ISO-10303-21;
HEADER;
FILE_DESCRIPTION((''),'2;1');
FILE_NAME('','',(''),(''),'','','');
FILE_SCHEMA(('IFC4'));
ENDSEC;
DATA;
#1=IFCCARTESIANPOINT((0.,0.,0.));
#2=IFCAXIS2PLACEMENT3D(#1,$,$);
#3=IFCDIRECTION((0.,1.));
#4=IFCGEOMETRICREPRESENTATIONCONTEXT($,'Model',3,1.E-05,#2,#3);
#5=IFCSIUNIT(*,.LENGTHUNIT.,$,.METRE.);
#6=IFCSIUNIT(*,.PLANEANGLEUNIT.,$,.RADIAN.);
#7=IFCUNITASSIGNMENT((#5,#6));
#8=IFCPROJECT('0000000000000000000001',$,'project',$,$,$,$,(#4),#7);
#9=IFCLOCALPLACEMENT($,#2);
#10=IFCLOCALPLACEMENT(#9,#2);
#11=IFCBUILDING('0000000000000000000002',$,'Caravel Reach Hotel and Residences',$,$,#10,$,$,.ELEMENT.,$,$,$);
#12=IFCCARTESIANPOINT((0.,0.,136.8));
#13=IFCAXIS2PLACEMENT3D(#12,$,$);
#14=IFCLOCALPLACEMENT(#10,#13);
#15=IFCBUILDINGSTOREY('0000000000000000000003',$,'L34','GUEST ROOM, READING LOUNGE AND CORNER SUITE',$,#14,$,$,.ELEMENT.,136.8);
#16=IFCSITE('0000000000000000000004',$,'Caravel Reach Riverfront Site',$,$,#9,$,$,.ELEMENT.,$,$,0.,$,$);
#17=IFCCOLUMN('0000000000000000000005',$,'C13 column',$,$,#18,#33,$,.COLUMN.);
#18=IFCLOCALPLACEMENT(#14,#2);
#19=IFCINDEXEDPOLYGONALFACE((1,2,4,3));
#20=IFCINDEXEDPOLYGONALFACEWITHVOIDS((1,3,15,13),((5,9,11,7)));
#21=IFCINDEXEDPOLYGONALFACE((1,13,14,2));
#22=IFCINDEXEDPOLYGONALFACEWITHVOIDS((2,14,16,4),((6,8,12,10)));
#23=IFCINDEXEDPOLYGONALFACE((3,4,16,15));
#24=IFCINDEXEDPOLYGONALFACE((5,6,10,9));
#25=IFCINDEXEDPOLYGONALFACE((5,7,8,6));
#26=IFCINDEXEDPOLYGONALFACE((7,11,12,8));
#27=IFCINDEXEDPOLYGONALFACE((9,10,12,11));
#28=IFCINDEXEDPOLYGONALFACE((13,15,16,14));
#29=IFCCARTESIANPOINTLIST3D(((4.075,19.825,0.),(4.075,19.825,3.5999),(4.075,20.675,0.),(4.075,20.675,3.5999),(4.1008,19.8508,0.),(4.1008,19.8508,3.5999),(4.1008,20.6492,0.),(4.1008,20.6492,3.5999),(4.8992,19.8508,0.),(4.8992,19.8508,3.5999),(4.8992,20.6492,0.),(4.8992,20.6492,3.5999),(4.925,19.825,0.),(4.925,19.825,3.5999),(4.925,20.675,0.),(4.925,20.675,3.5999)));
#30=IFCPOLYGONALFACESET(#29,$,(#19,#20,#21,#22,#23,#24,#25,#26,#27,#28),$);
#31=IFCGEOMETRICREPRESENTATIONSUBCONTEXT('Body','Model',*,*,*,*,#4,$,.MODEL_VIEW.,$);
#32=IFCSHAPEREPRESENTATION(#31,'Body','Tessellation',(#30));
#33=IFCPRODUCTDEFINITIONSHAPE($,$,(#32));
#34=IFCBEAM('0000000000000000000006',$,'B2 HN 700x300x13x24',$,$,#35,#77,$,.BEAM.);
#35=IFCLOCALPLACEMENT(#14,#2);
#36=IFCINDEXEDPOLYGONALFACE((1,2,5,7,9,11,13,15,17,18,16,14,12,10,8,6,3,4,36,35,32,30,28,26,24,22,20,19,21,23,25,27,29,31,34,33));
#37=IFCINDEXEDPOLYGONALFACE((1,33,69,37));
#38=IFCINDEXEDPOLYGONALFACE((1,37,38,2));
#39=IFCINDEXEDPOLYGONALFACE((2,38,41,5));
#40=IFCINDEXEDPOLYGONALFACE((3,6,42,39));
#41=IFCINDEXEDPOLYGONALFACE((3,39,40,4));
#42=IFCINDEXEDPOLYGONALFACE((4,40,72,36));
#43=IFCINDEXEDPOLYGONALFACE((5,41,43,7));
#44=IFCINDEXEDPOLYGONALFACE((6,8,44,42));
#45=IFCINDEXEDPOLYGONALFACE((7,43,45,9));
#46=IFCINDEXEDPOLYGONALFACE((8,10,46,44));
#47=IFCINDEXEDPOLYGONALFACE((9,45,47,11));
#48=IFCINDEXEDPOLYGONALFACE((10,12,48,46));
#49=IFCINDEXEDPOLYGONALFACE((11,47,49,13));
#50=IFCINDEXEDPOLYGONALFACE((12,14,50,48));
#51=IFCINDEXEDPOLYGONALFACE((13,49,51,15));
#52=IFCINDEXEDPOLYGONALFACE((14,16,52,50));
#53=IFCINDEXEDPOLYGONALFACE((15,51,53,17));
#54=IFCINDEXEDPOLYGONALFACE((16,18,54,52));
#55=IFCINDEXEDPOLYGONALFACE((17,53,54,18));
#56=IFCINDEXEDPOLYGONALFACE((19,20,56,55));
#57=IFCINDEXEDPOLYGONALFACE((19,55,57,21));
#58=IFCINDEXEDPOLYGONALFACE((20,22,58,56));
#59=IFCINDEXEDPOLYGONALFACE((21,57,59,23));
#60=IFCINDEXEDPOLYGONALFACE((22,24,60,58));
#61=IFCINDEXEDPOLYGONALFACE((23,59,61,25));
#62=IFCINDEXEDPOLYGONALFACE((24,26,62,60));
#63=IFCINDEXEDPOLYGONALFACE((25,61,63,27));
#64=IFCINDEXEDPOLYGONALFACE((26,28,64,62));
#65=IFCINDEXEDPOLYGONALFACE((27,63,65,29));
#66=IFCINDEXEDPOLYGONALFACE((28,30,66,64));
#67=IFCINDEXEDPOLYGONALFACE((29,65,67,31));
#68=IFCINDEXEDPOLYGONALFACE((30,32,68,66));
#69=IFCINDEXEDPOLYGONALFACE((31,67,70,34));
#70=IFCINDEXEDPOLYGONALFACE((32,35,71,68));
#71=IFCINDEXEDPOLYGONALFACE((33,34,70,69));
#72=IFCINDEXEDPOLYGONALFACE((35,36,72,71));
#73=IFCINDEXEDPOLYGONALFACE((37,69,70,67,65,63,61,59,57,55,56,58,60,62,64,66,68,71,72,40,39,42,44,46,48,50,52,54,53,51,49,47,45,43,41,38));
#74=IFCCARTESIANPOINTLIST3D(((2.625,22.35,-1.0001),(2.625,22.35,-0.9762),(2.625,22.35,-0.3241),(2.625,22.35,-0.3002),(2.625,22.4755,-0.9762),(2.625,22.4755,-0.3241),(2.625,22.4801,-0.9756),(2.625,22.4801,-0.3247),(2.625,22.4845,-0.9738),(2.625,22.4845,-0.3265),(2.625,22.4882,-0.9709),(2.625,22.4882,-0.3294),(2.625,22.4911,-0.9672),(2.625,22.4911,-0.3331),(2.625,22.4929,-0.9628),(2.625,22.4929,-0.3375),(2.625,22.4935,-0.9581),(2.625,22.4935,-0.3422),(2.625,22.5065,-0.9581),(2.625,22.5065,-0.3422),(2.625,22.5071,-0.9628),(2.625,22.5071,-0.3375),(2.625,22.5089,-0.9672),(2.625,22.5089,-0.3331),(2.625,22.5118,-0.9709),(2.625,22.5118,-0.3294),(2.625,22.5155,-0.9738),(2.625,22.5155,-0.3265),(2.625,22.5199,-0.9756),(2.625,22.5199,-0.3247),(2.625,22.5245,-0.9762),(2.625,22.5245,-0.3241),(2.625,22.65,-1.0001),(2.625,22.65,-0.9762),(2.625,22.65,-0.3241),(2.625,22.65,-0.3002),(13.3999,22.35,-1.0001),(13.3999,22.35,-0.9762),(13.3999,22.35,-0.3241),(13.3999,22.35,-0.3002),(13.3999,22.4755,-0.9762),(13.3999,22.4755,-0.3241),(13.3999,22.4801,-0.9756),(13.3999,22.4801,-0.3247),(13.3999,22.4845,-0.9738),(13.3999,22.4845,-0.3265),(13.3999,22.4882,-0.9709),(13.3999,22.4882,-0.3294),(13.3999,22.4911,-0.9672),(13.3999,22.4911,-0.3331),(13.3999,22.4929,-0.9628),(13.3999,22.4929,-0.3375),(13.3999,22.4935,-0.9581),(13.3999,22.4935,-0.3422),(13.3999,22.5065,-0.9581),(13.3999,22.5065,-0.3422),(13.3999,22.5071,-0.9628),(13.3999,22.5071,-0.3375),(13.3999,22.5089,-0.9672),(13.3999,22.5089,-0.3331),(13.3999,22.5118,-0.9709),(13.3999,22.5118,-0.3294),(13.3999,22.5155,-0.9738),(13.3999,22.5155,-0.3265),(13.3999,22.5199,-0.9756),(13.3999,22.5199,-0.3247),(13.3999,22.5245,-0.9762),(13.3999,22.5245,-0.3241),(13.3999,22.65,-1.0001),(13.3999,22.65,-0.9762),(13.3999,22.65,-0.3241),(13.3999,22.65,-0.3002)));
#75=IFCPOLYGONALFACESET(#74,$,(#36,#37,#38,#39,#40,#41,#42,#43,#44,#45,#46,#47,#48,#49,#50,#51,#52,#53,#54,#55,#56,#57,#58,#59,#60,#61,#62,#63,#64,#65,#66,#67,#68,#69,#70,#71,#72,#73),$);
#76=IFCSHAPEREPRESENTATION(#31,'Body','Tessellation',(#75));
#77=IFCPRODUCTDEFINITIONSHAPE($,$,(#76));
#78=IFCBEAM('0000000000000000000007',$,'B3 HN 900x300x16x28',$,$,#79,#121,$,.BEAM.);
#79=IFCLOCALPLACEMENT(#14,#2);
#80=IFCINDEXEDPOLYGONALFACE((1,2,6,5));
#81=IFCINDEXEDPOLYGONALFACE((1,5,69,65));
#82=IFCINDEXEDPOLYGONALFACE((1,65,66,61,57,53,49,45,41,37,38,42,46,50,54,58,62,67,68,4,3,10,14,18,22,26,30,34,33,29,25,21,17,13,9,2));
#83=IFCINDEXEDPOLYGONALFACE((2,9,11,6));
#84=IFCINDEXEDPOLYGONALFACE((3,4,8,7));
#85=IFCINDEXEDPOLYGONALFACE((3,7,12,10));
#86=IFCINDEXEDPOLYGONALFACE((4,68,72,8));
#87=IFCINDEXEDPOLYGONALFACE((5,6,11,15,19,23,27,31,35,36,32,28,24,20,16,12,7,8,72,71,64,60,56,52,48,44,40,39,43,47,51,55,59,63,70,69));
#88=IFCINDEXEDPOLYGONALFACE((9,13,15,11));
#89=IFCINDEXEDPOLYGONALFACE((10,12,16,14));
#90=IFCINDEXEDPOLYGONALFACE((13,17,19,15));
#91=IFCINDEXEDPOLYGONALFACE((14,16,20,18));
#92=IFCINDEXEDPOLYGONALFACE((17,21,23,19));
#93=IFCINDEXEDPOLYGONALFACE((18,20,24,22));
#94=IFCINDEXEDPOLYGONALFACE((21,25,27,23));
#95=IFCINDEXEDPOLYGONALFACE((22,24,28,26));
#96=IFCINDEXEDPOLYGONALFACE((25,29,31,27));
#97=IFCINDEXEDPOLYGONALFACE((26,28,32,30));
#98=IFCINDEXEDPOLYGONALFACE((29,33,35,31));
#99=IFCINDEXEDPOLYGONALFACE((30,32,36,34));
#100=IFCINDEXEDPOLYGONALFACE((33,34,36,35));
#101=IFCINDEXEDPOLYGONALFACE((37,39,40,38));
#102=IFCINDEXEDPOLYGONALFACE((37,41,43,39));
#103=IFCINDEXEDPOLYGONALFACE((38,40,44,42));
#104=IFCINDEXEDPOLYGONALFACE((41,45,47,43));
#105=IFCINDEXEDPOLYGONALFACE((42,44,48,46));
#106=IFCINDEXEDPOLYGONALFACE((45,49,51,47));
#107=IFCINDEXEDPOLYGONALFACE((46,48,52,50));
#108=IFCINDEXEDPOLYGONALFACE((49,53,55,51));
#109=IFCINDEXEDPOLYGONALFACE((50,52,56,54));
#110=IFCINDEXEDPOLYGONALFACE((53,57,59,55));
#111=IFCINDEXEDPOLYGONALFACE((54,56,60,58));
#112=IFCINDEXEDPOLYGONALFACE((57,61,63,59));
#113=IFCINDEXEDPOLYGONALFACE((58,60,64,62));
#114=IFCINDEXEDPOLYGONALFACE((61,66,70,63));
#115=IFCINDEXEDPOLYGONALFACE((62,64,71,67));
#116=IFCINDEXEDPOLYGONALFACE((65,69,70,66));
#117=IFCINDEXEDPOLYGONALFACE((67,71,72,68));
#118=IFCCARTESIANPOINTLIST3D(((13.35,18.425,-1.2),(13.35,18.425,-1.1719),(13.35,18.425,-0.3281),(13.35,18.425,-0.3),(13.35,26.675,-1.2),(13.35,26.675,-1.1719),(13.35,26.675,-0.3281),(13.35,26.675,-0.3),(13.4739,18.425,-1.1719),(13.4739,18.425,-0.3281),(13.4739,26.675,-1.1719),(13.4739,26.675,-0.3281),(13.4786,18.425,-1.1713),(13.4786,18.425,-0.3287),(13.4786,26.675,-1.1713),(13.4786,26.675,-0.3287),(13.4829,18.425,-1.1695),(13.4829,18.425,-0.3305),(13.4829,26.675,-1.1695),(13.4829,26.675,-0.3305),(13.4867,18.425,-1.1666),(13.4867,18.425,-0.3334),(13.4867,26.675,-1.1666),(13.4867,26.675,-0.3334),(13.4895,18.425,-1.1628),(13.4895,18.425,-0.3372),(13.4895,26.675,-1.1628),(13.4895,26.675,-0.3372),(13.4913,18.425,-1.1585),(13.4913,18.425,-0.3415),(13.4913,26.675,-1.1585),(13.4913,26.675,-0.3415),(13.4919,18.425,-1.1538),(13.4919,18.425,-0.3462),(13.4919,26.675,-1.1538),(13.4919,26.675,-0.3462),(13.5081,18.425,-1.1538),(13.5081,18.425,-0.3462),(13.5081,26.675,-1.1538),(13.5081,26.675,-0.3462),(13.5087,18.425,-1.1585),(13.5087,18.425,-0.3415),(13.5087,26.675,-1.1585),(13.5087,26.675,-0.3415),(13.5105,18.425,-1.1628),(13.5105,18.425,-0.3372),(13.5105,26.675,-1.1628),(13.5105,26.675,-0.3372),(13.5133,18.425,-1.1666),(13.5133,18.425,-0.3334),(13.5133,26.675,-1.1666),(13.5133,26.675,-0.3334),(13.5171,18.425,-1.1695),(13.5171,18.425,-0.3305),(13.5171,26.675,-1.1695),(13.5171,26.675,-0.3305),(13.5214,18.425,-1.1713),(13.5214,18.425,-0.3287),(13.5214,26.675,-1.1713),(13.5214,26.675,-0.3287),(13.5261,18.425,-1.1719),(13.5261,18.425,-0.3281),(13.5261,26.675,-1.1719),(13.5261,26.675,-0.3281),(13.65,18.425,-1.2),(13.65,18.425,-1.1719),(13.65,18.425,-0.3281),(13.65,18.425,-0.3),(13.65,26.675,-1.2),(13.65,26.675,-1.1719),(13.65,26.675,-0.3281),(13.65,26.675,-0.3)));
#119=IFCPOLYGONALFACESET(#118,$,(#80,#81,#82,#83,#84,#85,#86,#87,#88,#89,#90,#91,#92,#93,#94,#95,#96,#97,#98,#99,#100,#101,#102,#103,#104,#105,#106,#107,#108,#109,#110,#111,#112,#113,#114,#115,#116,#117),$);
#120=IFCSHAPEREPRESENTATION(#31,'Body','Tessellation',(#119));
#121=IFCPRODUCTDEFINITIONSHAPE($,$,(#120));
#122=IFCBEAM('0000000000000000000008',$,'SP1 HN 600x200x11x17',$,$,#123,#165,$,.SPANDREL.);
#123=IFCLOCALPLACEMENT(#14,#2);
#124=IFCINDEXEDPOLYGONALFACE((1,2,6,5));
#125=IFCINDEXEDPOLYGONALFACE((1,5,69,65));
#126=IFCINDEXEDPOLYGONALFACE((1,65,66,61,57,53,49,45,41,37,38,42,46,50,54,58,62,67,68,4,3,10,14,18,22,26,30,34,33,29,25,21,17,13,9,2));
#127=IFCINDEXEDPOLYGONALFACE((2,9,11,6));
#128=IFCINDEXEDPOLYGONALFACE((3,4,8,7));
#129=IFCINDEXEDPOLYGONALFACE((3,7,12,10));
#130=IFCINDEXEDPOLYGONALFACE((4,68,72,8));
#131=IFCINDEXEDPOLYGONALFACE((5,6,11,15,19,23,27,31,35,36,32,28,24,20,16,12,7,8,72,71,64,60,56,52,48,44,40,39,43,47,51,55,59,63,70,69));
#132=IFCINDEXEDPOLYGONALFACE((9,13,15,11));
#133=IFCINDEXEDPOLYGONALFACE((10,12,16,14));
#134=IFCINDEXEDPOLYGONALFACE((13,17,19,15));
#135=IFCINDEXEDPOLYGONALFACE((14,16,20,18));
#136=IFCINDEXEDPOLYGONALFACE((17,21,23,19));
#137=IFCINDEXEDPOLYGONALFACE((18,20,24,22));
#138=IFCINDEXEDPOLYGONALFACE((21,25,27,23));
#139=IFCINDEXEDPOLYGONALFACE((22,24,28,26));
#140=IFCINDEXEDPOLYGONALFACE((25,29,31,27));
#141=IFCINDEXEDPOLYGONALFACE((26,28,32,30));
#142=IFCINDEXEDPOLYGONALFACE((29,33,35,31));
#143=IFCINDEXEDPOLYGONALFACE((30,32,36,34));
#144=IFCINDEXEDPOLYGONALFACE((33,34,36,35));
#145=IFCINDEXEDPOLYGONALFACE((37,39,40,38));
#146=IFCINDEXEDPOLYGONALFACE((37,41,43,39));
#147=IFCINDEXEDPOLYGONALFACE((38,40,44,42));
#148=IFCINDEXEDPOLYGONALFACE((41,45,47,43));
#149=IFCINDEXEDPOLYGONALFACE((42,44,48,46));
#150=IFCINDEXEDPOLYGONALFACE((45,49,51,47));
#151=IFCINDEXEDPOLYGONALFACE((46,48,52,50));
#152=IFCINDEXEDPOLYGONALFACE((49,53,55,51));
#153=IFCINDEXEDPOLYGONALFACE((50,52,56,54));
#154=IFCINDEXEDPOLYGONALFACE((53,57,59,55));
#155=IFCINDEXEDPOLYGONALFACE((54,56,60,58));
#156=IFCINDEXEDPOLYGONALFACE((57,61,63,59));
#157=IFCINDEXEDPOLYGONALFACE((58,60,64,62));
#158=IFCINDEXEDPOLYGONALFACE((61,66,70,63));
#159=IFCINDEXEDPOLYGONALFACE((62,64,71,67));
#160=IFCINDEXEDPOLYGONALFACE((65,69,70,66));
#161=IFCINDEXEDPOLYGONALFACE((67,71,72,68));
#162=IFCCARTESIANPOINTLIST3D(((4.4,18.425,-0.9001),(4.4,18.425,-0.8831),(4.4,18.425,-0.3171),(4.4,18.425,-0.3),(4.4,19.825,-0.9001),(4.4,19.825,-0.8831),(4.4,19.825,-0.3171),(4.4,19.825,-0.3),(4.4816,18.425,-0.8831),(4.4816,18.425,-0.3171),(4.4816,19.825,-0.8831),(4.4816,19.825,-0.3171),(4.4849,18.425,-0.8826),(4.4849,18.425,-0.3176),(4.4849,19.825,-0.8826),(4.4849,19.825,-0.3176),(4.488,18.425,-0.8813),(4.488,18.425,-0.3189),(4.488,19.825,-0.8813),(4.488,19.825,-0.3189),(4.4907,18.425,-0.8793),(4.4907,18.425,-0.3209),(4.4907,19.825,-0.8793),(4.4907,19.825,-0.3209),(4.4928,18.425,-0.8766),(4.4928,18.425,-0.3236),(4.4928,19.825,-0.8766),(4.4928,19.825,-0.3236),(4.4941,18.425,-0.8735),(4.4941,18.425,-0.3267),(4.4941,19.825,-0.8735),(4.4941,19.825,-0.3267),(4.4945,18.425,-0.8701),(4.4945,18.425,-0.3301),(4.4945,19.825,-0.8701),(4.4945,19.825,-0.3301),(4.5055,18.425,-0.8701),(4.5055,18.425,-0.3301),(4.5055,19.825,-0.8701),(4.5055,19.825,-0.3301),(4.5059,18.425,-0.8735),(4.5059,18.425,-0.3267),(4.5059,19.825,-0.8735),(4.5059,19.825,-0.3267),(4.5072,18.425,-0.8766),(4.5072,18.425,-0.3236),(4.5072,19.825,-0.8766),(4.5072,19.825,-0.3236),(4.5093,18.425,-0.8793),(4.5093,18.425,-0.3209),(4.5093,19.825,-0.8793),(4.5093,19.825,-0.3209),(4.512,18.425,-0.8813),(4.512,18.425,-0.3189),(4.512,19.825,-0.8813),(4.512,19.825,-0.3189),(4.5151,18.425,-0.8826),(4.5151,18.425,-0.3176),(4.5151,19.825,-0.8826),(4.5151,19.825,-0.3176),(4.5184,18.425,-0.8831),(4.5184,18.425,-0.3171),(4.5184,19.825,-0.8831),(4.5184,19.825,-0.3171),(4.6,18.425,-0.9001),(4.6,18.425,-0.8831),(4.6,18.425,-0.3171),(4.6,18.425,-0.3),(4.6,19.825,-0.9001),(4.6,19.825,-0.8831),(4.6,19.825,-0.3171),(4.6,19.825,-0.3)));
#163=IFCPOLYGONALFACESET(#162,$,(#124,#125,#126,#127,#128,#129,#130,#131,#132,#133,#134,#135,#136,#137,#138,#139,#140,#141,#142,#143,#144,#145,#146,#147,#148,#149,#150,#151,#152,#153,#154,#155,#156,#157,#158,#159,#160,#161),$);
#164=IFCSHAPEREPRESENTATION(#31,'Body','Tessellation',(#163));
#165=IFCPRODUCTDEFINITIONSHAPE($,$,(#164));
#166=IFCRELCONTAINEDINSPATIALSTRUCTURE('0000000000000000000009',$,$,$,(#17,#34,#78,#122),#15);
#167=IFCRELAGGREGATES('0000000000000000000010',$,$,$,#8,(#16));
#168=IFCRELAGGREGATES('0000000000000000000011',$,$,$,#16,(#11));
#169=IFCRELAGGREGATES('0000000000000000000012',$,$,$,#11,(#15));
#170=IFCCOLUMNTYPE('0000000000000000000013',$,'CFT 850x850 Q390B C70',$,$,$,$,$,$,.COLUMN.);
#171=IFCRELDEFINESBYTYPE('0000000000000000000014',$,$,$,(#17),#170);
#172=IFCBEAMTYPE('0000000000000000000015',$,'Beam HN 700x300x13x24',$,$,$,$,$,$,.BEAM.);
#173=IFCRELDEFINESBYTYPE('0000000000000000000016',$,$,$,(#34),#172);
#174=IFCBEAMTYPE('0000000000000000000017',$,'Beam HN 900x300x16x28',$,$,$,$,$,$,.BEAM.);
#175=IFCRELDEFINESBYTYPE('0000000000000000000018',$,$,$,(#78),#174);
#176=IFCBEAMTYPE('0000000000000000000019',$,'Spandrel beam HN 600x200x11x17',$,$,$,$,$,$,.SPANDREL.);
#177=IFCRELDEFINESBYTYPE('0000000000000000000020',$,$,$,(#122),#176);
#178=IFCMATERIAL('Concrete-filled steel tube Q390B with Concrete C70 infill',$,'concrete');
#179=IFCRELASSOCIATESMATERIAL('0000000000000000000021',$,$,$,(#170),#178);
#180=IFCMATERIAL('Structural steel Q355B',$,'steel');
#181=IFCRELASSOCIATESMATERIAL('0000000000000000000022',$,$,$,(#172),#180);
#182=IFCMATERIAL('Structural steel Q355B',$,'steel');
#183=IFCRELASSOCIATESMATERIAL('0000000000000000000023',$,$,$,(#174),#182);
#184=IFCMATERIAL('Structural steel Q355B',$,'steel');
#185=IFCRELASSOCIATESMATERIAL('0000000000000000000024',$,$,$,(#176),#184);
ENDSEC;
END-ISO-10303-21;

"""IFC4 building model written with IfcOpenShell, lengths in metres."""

from ifc_helpers import new_model, si_unit, direction, frame, origin, origin_2d, place, context, subcontext, project, spatial, hollow_rectangle, i_section, extrude, material, material_profile, profile_set, type_object, element, save


model = new_model("IFC4")

# Units and contexts
model_context = context("Model", 3, precision=1e-05, world=origin(), true_north=direction((0.0, 1.0)))
body_context = subcontext(model_context, "Body", "Model", "MODEL_VIEW")
ifc_project = project(units=[si_unit("LENGTHUNIT", "METRE"), si_unit("PLANEANGLEUNIT", "RADIAN")], contexts=[model_context])

# Site, building, storey
site_placement = place(None, origin())
site = spatial("IfcSite", under=ifc_project, at=site_placement, Name="Caravel Reach Riverfront Site", CompositionType="ELEMENT", RefElevation=0.0)
building_placement = place(site_placement, origin())
building = spatial("IfcBuilding", under=site, at=building_placement, Name="Caravel Reach Hotel and Residences", CompositionType="ELEMENT")
storey_placement = place(building_placement, frame((0.0, 0.0, 136.8)))
storey = spatial("IfcBuildingStorey", under=building, at=storey_placement, Name="L34", Description="GUEST ROOM, READING LOUNGE AND CORNER SUITE", CompositionType="ELEMENT", Elevation=136.8)

# Column
ifc_material_1 = material(Name="Concrete-filled steel tube Q390B with Concrete C70 infill", Category="concrete")
ifc_material_profile_1 = material_profile(ifc_material_1, hollow_rectangle(XDim=0.8501, YDim=0.8501, WallThickness=0.0259, at=origin_2d()), Name="RHS 850x850x26")
ifc_profile_set_1 = profile_set([ifc_material_profile_1], Name="Concrete-filled steel tube Q390B with Concrete C70 infill")
column_type = type_object("IfcColumnType", Name="CFT 850x850 Q390B C70", PredefinedType="COLUMN", material=ifc_profile_set_1)
column_placement = place(storey_placement, frame((4.5, 20.25, 0.0), z_axis=(0.0, 0.0, 1.0), x_axis=(1.0, 0.0, 0.0)))
element("IfcColumn", 1, at=column_placement, inside=storey, type_object=column_type, Name="C13 column", PredefinedType="COLUMN", context=body_context, shape_type="SweptSolid", body=[
    extrude(hollow_rectangle(XDim=0.8501, YDim=0.8501, WallThickness=0.0259, at=origin_2d()), origin(), (0.0, 0.0, 1.0), 3.5999),
])

# Beams
ifc_material_2 = material(Name="Structural steel Q355B", Category="steel")
ifc_material_profile_2 = material_profile(ifc_material_2, i_section(OverallWidth=0.3, OverallDepth=0.7, WebThickness=0.0129, FlangeThickness=0.0239, FilletRadius=0.0181, at=origin_2d()), Name="HN 700x300x13x24")
ifc_profile_set_2 = profile_set([ifc_material_profile_2], Name="Structural steel Q355B")
beam_type_1 = type_object("IfcBeamType", Name="Beam HN 700x300x13x24", PredefinedType="BEAM", material=ifc_profile_set_2)
beam_1_placement = place(storey_placement, frame((13.3999, 22.5, -0.6501), z_axis=(-1.0, 0.0, 0.0), x_axis=(0.0, -1.0, 0.0)))
element("IfcBeam", 2, at=beam_1_placement, inside=storey, type_object=beam_type_1, Name="B2 HN 700x300x13x24", PredefinedType="BEAM", context=body_context, shape_type="SweptSolid", body=[
    extrude(i_section(OverallWidth=0.3, OverallDepth=0.7, WebThickness=0.0129, FlangeThickness=0.0239, FilletRadius=0.0181, at=origin_2d()), origin(), (0.0, 0.0, 1.0), 10.7749),
])
ifc_material_3 = material(Name="Structural steel Q355B", Category="steel")
ifc_material_profile_3 = material_profile(ifc_material_3, i_section(OverallWidth=0.3, OverallDepth=0.8999, WebThickness=0.0161, FlangeThickness=0.0281, FilletRadius=0.0181, at=origin_2d()), Name="HN 900x300x16x28")
ifc_profile_set_3 = profile_set([ifc_material_profile_3], Name="Structural steel Q355B")
beam_type_2 = type_object("IfcBeamType", Name="Beam HN 900x300x16x28", PredefinedType="BEAM", material=ifc_profile_set_3)
beam_2_placement = place(storey_placement, frame((13.5, 18.425, -0.75), z_axis=(0.0, 1.0, 0.0), x_axis=(-1.0, 0.0, 0.0)))
element("IfcBeam", 3, at=beam_2_placement, inside=storey, type_object=beam_type_2, Name="B3 HN 900x300x16x28", PredefinedType="BEAM", context=body_context, shape_type="SweptSolid", body=[
    extrude(i_section(OverallWidth=0.3, OverallDepth=0.8999, WebThickness=0.0161, FlangeThickness=0.0281, FilletRadius=0.0181, at=origin_2d()), origin(), (0.0, 0.0, 1.0), 8.25),
])
ifc_material_4 = material(Name="Structural steel Q355B", Category="steel")
ifc_material_profile_4 = material_profile(ifc_material_4, i_section(OverallWidth=0.2, OverallDepth=0.6001, WebThickness=0.011, FlangeThickness=0.0171, FilletRadius=0.0129, at=origin_2d()), Name="HN 600x200x11x17")
ifc_profile_set_4 = profile_set([ifc_material_profile_4], Name="Structural steel Q355B")
beam_type_3 = type_object("IfcBeamType", Name="Spandrel beam HN 600x200x11x17", PredefinedType="SPANDREL", material=ifc_profile_set_4)
beam_3_placement = place(storey_placement, frame((4.5, 19.825, -0.6001), z_axis=(0.0, -1.0, 0.0), x_axis=(1.0, 0.0, 0.0)))
element("IfcBeam", 4, at=beam_3_placement, inside=storey, type_object=beam_type_3, Name="SP1 HN 600x200x11x17", PredefinedType="SPANDREL", context=body_context, shape_type="SweptSolid", body=[
    extrude(i_section(OverallWidth=0.2, OverallDepth=0.6001, WebThickness=0.011, FlangeThickness=0.0171, FilletRadius=0.0129, at=origin_2d()), origin(), (0.0, 0.0, 1.0), 1.3999),
])

save(model, "model.ifc")
